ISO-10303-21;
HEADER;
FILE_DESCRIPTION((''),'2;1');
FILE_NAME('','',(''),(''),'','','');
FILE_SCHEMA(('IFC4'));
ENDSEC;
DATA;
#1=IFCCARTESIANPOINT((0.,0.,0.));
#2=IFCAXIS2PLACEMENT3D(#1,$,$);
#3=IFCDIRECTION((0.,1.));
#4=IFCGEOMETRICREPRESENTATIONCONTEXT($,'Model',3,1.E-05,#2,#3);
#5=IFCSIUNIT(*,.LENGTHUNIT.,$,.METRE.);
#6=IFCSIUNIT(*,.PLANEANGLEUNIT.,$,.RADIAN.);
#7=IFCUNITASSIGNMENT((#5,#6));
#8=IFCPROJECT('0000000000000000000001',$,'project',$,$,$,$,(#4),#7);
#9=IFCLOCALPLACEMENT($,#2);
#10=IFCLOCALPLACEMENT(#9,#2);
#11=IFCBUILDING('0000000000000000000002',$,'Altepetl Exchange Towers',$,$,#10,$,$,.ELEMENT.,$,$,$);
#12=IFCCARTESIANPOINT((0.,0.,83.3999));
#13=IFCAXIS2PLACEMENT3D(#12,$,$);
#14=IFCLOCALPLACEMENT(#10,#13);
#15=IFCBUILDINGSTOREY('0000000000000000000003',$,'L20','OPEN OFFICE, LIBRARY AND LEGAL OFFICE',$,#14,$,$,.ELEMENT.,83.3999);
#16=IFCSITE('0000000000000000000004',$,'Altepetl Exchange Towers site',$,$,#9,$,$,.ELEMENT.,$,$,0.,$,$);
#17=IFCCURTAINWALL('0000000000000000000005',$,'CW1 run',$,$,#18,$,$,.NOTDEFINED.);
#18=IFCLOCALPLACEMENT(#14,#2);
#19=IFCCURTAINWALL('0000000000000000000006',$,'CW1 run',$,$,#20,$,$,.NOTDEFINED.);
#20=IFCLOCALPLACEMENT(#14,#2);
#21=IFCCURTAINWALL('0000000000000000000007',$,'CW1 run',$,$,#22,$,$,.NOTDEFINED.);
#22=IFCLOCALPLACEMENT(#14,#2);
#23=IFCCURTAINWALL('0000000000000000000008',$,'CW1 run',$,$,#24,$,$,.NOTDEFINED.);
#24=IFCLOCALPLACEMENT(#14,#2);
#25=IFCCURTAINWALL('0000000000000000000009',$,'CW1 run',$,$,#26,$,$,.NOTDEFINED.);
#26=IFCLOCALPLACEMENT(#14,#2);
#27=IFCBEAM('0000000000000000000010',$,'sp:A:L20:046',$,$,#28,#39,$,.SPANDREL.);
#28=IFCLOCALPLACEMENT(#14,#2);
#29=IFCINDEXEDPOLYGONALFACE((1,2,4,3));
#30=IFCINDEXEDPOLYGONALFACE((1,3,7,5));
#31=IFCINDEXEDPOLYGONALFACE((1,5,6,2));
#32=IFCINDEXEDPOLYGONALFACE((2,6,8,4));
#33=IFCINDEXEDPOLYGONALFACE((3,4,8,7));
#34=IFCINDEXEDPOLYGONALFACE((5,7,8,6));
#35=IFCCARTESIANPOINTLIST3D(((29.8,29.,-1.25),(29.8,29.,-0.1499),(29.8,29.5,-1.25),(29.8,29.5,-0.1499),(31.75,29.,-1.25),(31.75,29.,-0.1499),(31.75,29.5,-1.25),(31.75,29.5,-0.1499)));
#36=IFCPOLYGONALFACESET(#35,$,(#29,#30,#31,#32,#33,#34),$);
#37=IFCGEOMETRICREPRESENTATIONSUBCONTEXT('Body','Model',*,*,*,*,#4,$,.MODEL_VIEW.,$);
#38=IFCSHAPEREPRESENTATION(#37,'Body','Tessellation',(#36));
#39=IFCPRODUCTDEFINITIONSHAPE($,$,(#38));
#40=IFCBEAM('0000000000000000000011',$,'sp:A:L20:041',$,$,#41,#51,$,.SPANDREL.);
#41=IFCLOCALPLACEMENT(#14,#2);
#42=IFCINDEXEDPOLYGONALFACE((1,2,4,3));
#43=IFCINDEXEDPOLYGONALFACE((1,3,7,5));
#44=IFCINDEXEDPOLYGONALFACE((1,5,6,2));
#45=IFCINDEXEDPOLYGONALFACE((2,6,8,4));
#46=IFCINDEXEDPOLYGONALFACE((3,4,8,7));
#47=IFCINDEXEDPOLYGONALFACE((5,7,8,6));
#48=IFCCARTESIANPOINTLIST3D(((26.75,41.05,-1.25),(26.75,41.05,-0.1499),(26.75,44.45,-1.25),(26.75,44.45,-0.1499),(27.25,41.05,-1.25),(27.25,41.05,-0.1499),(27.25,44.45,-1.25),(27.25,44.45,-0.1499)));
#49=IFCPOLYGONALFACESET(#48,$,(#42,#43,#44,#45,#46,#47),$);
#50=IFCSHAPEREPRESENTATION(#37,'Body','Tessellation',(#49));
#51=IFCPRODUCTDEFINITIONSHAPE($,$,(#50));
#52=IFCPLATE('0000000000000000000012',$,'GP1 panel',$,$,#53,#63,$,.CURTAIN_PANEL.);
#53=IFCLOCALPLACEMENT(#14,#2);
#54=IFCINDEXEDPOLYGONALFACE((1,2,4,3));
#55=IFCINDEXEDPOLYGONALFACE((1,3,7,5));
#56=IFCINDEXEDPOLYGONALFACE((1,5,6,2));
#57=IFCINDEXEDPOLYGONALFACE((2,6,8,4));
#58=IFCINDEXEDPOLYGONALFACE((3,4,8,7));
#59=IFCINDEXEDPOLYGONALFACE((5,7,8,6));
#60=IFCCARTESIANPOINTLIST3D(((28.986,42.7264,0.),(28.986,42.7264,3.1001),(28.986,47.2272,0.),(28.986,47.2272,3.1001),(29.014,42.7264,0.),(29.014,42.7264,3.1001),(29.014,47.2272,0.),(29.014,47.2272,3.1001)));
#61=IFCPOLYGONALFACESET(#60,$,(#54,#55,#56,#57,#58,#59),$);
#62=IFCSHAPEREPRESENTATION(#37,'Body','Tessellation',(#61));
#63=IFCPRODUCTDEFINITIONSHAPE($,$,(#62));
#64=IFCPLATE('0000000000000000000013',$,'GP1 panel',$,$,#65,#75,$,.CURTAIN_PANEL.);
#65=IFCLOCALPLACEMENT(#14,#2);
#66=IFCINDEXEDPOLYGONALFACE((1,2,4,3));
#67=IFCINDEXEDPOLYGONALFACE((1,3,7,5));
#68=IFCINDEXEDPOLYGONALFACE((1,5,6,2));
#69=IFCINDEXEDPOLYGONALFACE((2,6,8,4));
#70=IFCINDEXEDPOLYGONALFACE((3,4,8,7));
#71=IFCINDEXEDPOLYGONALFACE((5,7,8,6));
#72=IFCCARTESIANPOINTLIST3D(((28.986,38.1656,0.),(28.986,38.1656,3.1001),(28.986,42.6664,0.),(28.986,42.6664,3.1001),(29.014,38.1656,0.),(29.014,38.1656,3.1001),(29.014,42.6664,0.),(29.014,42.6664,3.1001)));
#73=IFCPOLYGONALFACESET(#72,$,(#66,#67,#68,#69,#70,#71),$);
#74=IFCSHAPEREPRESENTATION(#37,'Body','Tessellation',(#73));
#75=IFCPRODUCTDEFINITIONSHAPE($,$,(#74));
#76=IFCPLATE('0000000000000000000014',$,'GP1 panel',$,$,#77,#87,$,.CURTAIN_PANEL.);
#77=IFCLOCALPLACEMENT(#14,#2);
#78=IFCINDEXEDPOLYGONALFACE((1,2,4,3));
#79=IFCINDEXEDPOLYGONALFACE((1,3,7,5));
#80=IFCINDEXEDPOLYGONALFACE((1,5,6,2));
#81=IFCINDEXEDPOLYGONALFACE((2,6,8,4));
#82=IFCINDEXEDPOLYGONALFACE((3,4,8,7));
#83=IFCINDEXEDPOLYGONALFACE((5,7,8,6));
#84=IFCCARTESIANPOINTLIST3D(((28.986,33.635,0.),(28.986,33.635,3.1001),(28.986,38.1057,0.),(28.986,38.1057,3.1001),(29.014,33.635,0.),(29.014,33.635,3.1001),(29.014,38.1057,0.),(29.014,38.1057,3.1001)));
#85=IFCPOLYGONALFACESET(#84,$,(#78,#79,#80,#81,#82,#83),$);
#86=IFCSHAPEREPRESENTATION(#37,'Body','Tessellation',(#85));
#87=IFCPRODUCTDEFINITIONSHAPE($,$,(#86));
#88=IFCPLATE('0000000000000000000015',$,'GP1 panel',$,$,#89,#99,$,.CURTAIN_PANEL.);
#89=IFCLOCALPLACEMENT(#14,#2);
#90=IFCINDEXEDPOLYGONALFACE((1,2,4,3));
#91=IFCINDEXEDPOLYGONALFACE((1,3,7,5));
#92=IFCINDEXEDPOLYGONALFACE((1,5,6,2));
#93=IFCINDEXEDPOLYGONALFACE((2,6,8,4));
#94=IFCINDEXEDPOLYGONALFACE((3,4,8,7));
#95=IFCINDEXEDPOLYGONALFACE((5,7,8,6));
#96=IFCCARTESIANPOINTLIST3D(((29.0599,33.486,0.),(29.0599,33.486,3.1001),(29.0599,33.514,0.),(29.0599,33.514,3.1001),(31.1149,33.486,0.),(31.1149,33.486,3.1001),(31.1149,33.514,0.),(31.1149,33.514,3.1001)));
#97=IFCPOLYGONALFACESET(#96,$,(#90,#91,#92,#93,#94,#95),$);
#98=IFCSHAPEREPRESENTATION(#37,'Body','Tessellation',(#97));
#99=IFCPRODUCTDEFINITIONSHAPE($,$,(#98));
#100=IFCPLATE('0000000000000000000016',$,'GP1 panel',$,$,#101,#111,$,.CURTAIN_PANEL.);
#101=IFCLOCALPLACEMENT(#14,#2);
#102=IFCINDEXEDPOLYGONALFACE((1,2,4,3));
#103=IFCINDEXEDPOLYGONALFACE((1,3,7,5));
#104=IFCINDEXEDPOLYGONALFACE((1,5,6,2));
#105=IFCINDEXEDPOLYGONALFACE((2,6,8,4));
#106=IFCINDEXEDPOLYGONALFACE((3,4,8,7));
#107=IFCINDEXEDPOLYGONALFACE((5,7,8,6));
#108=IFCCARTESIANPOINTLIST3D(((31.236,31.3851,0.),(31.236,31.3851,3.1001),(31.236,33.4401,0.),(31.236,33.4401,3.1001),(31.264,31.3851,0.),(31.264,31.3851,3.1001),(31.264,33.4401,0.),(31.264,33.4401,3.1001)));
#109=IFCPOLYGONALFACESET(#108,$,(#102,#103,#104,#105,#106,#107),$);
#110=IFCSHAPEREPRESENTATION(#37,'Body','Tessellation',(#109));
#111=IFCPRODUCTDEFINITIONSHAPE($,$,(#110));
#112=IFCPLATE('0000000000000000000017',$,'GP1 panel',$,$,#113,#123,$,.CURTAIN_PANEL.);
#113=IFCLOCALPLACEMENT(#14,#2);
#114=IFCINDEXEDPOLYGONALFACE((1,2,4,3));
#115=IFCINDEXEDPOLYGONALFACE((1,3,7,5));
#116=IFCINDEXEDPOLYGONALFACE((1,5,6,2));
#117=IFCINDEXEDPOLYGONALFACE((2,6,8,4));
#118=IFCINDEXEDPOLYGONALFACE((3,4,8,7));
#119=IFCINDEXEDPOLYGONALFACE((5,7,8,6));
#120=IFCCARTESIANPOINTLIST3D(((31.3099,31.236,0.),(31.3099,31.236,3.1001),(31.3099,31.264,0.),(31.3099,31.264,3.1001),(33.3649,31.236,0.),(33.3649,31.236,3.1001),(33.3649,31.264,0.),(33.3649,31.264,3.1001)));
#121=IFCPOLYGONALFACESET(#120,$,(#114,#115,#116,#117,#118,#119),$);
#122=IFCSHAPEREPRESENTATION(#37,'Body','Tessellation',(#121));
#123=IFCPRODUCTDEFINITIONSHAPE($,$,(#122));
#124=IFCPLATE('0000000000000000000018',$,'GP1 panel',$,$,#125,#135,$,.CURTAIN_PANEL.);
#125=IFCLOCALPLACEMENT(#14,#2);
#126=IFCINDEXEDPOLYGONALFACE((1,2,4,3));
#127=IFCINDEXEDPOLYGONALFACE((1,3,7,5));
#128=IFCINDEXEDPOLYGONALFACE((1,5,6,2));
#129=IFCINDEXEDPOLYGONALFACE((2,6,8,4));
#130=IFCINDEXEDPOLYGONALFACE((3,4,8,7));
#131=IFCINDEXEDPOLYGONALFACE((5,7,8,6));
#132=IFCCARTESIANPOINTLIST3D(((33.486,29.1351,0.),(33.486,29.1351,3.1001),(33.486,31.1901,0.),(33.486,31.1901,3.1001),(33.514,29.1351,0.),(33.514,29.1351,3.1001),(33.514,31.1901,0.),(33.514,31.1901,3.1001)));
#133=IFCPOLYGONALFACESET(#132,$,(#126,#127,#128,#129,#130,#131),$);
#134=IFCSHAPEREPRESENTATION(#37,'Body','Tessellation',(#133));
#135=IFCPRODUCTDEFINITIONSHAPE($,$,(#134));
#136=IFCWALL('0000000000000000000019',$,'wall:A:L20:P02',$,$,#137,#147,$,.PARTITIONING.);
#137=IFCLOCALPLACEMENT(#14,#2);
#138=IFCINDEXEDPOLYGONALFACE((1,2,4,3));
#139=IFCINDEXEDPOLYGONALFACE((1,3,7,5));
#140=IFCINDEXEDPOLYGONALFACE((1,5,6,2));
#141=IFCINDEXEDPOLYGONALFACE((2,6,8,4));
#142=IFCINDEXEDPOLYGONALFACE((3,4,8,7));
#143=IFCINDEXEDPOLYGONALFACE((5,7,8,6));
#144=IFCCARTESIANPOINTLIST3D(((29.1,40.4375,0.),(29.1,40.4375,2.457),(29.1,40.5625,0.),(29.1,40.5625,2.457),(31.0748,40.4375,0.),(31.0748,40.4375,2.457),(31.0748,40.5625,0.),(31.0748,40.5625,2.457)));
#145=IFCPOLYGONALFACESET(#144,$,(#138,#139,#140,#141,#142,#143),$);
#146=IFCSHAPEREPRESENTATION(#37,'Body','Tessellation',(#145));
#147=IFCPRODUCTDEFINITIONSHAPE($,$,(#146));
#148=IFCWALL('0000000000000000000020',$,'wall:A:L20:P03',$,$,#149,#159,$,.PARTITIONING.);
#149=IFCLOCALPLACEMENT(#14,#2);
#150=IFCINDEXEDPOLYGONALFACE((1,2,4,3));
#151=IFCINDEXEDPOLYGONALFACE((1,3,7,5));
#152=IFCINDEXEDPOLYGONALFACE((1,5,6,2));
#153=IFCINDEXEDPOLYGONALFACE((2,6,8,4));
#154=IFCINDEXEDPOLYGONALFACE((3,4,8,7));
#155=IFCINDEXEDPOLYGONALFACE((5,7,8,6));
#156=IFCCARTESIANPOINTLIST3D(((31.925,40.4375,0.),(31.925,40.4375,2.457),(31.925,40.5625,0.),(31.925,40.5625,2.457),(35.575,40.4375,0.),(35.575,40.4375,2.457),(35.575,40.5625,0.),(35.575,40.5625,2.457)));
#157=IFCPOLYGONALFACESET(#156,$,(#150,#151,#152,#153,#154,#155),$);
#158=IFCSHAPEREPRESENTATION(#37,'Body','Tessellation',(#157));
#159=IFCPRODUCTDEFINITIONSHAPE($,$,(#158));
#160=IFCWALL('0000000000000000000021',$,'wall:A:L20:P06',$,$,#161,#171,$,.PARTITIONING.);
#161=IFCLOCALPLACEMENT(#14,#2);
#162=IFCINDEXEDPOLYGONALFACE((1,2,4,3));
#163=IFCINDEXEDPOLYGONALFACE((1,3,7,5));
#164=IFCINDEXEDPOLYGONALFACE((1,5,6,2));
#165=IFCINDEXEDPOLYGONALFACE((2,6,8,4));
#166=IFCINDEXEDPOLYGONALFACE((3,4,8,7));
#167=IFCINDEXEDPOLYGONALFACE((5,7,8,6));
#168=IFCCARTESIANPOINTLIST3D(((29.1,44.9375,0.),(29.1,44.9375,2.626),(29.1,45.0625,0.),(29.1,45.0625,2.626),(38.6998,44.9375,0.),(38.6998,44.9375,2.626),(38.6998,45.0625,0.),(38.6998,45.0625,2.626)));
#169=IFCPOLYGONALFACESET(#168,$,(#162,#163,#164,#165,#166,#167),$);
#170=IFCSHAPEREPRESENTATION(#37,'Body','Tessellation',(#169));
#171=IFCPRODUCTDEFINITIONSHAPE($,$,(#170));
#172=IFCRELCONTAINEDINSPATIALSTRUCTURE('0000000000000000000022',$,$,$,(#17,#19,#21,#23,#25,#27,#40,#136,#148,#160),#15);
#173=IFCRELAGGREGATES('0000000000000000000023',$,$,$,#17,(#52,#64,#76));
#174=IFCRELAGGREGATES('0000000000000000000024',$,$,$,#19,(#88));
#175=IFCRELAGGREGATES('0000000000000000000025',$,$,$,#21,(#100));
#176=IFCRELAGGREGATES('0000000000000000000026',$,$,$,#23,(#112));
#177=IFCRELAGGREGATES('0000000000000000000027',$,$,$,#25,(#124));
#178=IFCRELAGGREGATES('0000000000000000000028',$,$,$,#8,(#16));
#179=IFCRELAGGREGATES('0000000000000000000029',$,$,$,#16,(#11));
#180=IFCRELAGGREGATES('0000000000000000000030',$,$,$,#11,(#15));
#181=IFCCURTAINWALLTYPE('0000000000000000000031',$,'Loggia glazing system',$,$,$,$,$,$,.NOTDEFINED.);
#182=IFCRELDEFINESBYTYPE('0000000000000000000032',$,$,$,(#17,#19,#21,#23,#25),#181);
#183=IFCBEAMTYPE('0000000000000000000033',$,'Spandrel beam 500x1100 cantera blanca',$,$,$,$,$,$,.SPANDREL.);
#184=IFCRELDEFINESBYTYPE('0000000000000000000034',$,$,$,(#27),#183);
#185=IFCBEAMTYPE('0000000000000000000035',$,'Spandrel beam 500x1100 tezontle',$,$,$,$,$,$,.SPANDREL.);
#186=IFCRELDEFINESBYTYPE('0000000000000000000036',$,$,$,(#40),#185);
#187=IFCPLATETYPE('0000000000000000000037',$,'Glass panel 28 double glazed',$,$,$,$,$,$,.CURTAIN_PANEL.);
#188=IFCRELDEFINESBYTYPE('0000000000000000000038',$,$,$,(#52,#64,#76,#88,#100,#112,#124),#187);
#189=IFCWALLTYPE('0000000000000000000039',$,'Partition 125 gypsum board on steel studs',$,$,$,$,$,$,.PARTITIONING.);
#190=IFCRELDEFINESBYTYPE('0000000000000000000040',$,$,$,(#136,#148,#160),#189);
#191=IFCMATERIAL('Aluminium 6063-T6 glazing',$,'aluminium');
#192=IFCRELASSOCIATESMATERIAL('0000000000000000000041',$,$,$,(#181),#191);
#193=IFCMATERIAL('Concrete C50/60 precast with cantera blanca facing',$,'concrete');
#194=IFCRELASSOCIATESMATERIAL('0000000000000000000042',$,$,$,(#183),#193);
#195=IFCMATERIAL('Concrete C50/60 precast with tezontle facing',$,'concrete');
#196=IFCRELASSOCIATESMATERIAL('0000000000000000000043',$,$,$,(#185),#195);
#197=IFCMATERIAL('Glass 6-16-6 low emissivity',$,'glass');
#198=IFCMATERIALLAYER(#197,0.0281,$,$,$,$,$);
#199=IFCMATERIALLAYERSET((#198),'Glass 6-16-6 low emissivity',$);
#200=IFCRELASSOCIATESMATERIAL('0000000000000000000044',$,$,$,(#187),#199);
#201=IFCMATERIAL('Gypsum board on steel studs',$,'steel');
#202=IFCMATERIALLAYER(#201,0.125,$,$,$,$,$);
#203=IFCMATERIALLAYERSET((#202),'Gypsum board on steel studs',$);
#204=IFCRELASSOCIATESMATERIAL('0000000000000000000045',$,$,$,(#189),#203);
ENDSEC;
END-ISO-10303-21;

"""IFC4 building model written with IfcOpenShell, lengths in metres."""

from ifc_helpers import new_model, si_unit, direction, frame, frame_2d, origin, origin_2d, place, context, subcontext, project, spatial, rectangle, extrude, material, layer, layer_set, material_profile, profile_set, type_object, element, aggregate, save


model = new_model("IFC4")

# Units and contexts
model_context = context("Model", 3, precision=1e-05, world=origin(), true_north=direction((0.0, 1.0)))
body_context = subcontext(model_context, "Body", "Model", "MODEL_VIEW")
ifc_project = project(units=[si_unit("LENGTHUNIT", "METRE"), si_unit("PLANEANGLEUNIT", "RADIAN")], contexts=[model_context])

# Site, building, storey
site_placement = place(None, origin())
site = spatial("IfcSite", under=ifc_project, at=site_placement, Name="Altepetl Exchange Towers site", CompositionType="ELEMENT", RefElevation=0.0)
building_placement = place(site_placement, origin())
building = spatial("IfcBuilding", under=site, at=building_placement, Name="Altepetl Exchange Towers", CompositionType="ELEMENT")
storey_placement = place(building_placement, frame((0.0, 0.0, 83.3999)))
storey = spatial("IfcBuildingStorey", under=building, at=storey_placement, Name="L20", Description="OPEN OFFICE, LIBRARY AND LEGAL OFFICE", CompositionType="ELEMENT", Elevation=83.3999)

# Curtain walls
ifc_material_1 = material(Name="Aluminium 6063-T6 glazing", Category="aluminium")
curtain_wall_type = type_object("IfcCurtainWallType", Name="Loggia glazing system", PredefinedType="NOTDEFINED", material=ifc_material_1)
curtain_wall_1_placement = place(storey_placement, origin())
curtain_wall_1 = element("IfcCurtainWall", 1, at=curtain_wall_1_placement, inside=storey, type_object=curtain_wall_type, Name="CW1 run", PredefinedType="NOTDEFINED")
curtain_wall_2_placement = place(storey_placement, origin())
curtain_wall_2 = element("IfcCurtainWall", 2, at=curtain_wall_2_placement, inside=storey, type_object=curtain_wall_type, Name="CW1 run", PredefinedType="NOTDEFINED")
curtain_wall_3_placement = place(storey_placement, origin())
curtain_wall_3 = element("IfcCurtainWall", 3, at=curtain_wall_3_placement, inside=storey, type_object=curtain_wall_type, Name="CW1 run", PredefinedType="NOTDEFINED")
curtain_wall_4_placement = place(storey_placement, origin())
curtain_wall_4 = element("IfcCurtainWall", 4, at=curtain_wall_4_placement, inside=storey, type_object=curtain_wall_type, Name="CW1 run", PredefinedType="NOTDEFINED")

# Curtain wall
curtain_wall_5_placement = place(storey_placement, origin())
curtain_wall_5 = element("IfcCurtainWall", 5, at=curtain_wall_5_placement, inside=storey, type_object=curtain_wall_type, Name="CW1 run", PredefinedType="NOTDEFINED")

# Beams
ifc_material_2 = material(Name="Concrete C50/60 precast with cantera blanca facing", Category="concrete")
ifc_material_profile_1 = material_profile(ifc_material_2, rectangle(XDim=0.5, YDim=1.1001, at=origin_2d()), Name="500 x 1100")
ifc_profile_set_1 = profile_set([ifc_material_profile_1], Name="Concrete C50/60 precast with cantera blanca facing")
beam_type_1 = type_object("IfcBeamType", Name="Spandrel beam 500x1100 cantera blanca", PredefinedType="SPANDREL", material=ifc_profile_set_1)
beam_1_placement = place(storey_placement, frame((29.8, 29.25, -0.7), z_axis=(1.0, 0.0, 0.0), x_axis=(0.0, 1.0, 0.0)))
element("IfcBeam", 6, at=beam_1_placement, inside=storey, type_object=beam_type_1, Name="sp:A:L20:046", PredefinedType="SPANDREL", context=body_context, shape_type="SweptSolid", body=[
    extrude(rectangle(XDim=0.5, YDim=1.1001, at=origin_2d()), origin(), (0.0, 0.0, 1.0), 1.95),
])
ifc_material_3 = material(Name="Concrete C50/60 precast with tezontle facing", Category="concrete")
ifc_material_profile_2 = material_profile(ifc_material_3, rectangle(XDim=0.5, YDim=1.1001, at=origin_2d()), Name="500 x 1100")
ifc_profile_set_2 = profile_set([ifc_material_profile_2], Name="Concrete C50/60 precast with tezontle facing")
beam_type_2 = type_object("IfcBeamType", Name="Spandrel beam 500x1100 tezontle", PredefinedType="SPANDREL", material=ifc_profile_set_2)
beam_2_placement = place(storey_placement, frame((27.0, 44.45, -0.7), z_axis=(0.0, -1.0, 0.0), x_axis=(1.0, 0.0, 0.0)))
element("IfcBeam", 7, at=beam_2_placement, inside=storey, type_object=beam_type_2, Name="sp:A:L20:041", PredefinedType="SPANDREL", context=body_context, shape_type="SweptSolid", body=[
    extrude(rectangle(XDim=0.5, YDim=1.1001, at=origin_2d()), origin(), (0.0, 0.0, 1.0), 3.3999),
])

# Plates
ifc_material_4 = material(Name="Glass 6-16-6 low emissivity", Category="glass")
ifc_layer_1 = layer(ifc_material_4, 0.0281)
ifc_layer_set_1 = layer_set([ifc_layer_1], Name="Glass 6-16-6 low emissivity")
plate_type = type_object("IfcPlateType", Name="Glass panel 28 double glazed", PredefinedType="CURTAIN_PANEL", material=ifc_layer_set_1)
plate_1_placement = place(storey_placement, frame((29.0, 44.9768, 0.0), z_axis=(0.0, 0.0, 1.0), x_axis=(0.0, -1.0, 0.0)))
plate_1 = element("IfcPlate", 8, at=plate_1_placement, type_object=plate_type, Name="GP1 panel", PredefinedType="CURTAIN_PANEL", context=body_context, shape_type="SweptSolid", body=[
    extrude(rectangle(XDim=4.5007, YDim=0.0281, at=origin_2d()), origin(), (0.0, 0.0, 1.0), 3.1001),
])
plate_2_placement = place(storey_placement, frame((29.0, 40.416, 0.0), z_axis=(0.0, 0.0, 1.0), x_axis=(0.0, -1.0, 0.0)))
plate_2 = element("IfcPlate", 9, at=plate_2_placement, type_object=plate_type, Name="GP1 panel", PredefinedType="CURTAIN_PANEL", context=body_context, shape_type="SweptSolid", body=[
    extrude(rectangle(XDim=4.5007, YDim=0.0281, at=origin_2d()), origin(), (0.0, 0.0, 1.0), 3.1001),
])
plate_3_placement = place(storey_placement, frame((29.0, 35.8704, 0.0), z_axis=(0.0, 0.0, 1.0), x_axis=(0.0, -1.0, 0.0)))
plate_3 = element("IfcPlate", 10, at=plate_3_placement, type_object=plate_type, Name="GP1 panel", PredefinedType="CURTAIN_PANEL", context=body_context, shape_type="SweptSolid", body=[
    extrude(rectangle(XDim=4.4707, YDim=0.0281, at=origin_2d()), origin(), (0.0, 0.0, 1.0), 3.1001),
])
aggregate(curtain_wall_1, [plate_1, plate_2, plate_3])
plate_4_placement = place(storey_placement, frame((30.0874, 33.5, 0.0)))
plate_4 = element("IfcPlate", 11, at=plate_4_placement, type_object=plate_type, Name="GP1 panel", PredefinedType="CURTAIN_PANEL", context=body_context, shape_type="SweptSolid", body=[
    extrude(rectangle(XDim=2.0549, YDim=0.0281, at=origin_2d()), origin(), (0.0, 0.0, 1.0), 3.1001),
])
aggregate(curtain_wall_2, [plate_4])
plate_5_placement = place(storey_placement, frame((31.25, 32.4126, 0.0), z_axis=(0.0, 0.0, 1.0), x_axis=(0.0, -1.0, 0.0)))
plate_5 = element("IfcPlate", 12, at=plate_5_placement, type_object=plate_type, Name="GP1 panel", PredefinedType="CURTAIN_PANEL", context=body_context, shape_type="SweptSolid", body=[
    extrude(rectangle(XDim=2.0549, YDim=0.0281, at=origin_2d()), origin(), (0.0, 0.0, 1.0), 3.1001),
])
aggregate(curtain_wall_3, [plate_5])
plate_6_placement = place(storey_placement, frame((32.3374, 31.25, 0.0)))
plate_6 = element("IfcPlate", 13, at=plate_6_placement, type_object=plate_type, Name="GP1 panel", PredefinedType="CURTAIN_PANEL", context=body_context, shape_type="SweptSolid", body=[
    extrude(rectangle(XDim=2.0549, YDim=0.0281, at=origin_2d()), origin(), (0.0, 0.0, 1.0), 3.1001),
])
aggregate(curtain_wall_4, [plate_6])
plate_7_placement = place(storey_placement, frame((33.5, 30.1626, 0.0), z_axis=(0.0, 0.0, 1.0), x_axis=(0.0, -1.0, 0.0)))
plate_7 = element("IfcPlate", 14, at=plate_7_placement, type_object=plate_type, Name="GP1 panel", PredefinedType="CURTAIN_PANEL", context=body_context, shape_type="SweptSolid", body=[
    extrude(rectangle(XDim=2.0549, YDim=0.0281, at=origin_2d()), origin(), (0.0, 0.0, 1.0), 3.1001),
])
aggregate(curtain_wall_5, [plate_7])

# Walls
ifc_material_5 = material(Name="Gypsum board on steel studs", Category="steel")
ifc_layer_2 = layer(ifc_material_5, 0.125)
ifc_layer_set_2 = layer_set([ifc_layer_2], Name="Gypsum board on steel studs")
wall_type = type_object("IfcWallType", Name="Partition 125 gypsum board on steel studs", PredefinedType="PARTITIONING", material=ifc_layer_set_2)
wall_1_placement = place(storey_placement, frame((29.1001, 40.5, 0.0)))
element("IfcWall", 15, at=wall_1_placement, inside=storey, type_object=wall_type, Name="wall:A:L20:P02", PredefinedType="PARTITIONING", context=body_context, shape_type="SweptSolid", body=[
    extrude(rectangle(XDim=1.9749, YDim=0.125, at=frame_2d((0.9873, 0.0))), origin(), (0.0, 0.0, 1.0), 2.457),
])
wall_2_placement = place(storey_placement, frame((31.925, 40.5, 0.0)))
element("IfcWall", 16, at=wall_2_placement, inside=storey, type_object=wall_type, Name="wall:A:L20:P03", PredefinedType="PARTITIONING", context=body_context, shape_type="SweptSolid", body=[
    extrude(rectangle(XDim=3.6499, YDim=0.125, at=frame_2d((1.825, 0.0))), origin(), (0.0, 0.0, 1.0), 2.457),
])
wall_3_placement = place(storey_placement, frame((29.1001, 45.0, 0.0)))
element("IfcWall", 17, at=wall_3_placement, inside=storey, type_object=wall_type, Name="wall:A:L20:P06", PredefinedType="PARTITIONING", context=body_context, shape_type="SweptSolid", body=[
    extrude(rectangle(XDim=9.5999, YDim=0.125, at=frame_2d((4.7998, 0.0))), origin(), (0.0, 0.0, 1.0), 2.626),
])

save(model, "model.ifc")
